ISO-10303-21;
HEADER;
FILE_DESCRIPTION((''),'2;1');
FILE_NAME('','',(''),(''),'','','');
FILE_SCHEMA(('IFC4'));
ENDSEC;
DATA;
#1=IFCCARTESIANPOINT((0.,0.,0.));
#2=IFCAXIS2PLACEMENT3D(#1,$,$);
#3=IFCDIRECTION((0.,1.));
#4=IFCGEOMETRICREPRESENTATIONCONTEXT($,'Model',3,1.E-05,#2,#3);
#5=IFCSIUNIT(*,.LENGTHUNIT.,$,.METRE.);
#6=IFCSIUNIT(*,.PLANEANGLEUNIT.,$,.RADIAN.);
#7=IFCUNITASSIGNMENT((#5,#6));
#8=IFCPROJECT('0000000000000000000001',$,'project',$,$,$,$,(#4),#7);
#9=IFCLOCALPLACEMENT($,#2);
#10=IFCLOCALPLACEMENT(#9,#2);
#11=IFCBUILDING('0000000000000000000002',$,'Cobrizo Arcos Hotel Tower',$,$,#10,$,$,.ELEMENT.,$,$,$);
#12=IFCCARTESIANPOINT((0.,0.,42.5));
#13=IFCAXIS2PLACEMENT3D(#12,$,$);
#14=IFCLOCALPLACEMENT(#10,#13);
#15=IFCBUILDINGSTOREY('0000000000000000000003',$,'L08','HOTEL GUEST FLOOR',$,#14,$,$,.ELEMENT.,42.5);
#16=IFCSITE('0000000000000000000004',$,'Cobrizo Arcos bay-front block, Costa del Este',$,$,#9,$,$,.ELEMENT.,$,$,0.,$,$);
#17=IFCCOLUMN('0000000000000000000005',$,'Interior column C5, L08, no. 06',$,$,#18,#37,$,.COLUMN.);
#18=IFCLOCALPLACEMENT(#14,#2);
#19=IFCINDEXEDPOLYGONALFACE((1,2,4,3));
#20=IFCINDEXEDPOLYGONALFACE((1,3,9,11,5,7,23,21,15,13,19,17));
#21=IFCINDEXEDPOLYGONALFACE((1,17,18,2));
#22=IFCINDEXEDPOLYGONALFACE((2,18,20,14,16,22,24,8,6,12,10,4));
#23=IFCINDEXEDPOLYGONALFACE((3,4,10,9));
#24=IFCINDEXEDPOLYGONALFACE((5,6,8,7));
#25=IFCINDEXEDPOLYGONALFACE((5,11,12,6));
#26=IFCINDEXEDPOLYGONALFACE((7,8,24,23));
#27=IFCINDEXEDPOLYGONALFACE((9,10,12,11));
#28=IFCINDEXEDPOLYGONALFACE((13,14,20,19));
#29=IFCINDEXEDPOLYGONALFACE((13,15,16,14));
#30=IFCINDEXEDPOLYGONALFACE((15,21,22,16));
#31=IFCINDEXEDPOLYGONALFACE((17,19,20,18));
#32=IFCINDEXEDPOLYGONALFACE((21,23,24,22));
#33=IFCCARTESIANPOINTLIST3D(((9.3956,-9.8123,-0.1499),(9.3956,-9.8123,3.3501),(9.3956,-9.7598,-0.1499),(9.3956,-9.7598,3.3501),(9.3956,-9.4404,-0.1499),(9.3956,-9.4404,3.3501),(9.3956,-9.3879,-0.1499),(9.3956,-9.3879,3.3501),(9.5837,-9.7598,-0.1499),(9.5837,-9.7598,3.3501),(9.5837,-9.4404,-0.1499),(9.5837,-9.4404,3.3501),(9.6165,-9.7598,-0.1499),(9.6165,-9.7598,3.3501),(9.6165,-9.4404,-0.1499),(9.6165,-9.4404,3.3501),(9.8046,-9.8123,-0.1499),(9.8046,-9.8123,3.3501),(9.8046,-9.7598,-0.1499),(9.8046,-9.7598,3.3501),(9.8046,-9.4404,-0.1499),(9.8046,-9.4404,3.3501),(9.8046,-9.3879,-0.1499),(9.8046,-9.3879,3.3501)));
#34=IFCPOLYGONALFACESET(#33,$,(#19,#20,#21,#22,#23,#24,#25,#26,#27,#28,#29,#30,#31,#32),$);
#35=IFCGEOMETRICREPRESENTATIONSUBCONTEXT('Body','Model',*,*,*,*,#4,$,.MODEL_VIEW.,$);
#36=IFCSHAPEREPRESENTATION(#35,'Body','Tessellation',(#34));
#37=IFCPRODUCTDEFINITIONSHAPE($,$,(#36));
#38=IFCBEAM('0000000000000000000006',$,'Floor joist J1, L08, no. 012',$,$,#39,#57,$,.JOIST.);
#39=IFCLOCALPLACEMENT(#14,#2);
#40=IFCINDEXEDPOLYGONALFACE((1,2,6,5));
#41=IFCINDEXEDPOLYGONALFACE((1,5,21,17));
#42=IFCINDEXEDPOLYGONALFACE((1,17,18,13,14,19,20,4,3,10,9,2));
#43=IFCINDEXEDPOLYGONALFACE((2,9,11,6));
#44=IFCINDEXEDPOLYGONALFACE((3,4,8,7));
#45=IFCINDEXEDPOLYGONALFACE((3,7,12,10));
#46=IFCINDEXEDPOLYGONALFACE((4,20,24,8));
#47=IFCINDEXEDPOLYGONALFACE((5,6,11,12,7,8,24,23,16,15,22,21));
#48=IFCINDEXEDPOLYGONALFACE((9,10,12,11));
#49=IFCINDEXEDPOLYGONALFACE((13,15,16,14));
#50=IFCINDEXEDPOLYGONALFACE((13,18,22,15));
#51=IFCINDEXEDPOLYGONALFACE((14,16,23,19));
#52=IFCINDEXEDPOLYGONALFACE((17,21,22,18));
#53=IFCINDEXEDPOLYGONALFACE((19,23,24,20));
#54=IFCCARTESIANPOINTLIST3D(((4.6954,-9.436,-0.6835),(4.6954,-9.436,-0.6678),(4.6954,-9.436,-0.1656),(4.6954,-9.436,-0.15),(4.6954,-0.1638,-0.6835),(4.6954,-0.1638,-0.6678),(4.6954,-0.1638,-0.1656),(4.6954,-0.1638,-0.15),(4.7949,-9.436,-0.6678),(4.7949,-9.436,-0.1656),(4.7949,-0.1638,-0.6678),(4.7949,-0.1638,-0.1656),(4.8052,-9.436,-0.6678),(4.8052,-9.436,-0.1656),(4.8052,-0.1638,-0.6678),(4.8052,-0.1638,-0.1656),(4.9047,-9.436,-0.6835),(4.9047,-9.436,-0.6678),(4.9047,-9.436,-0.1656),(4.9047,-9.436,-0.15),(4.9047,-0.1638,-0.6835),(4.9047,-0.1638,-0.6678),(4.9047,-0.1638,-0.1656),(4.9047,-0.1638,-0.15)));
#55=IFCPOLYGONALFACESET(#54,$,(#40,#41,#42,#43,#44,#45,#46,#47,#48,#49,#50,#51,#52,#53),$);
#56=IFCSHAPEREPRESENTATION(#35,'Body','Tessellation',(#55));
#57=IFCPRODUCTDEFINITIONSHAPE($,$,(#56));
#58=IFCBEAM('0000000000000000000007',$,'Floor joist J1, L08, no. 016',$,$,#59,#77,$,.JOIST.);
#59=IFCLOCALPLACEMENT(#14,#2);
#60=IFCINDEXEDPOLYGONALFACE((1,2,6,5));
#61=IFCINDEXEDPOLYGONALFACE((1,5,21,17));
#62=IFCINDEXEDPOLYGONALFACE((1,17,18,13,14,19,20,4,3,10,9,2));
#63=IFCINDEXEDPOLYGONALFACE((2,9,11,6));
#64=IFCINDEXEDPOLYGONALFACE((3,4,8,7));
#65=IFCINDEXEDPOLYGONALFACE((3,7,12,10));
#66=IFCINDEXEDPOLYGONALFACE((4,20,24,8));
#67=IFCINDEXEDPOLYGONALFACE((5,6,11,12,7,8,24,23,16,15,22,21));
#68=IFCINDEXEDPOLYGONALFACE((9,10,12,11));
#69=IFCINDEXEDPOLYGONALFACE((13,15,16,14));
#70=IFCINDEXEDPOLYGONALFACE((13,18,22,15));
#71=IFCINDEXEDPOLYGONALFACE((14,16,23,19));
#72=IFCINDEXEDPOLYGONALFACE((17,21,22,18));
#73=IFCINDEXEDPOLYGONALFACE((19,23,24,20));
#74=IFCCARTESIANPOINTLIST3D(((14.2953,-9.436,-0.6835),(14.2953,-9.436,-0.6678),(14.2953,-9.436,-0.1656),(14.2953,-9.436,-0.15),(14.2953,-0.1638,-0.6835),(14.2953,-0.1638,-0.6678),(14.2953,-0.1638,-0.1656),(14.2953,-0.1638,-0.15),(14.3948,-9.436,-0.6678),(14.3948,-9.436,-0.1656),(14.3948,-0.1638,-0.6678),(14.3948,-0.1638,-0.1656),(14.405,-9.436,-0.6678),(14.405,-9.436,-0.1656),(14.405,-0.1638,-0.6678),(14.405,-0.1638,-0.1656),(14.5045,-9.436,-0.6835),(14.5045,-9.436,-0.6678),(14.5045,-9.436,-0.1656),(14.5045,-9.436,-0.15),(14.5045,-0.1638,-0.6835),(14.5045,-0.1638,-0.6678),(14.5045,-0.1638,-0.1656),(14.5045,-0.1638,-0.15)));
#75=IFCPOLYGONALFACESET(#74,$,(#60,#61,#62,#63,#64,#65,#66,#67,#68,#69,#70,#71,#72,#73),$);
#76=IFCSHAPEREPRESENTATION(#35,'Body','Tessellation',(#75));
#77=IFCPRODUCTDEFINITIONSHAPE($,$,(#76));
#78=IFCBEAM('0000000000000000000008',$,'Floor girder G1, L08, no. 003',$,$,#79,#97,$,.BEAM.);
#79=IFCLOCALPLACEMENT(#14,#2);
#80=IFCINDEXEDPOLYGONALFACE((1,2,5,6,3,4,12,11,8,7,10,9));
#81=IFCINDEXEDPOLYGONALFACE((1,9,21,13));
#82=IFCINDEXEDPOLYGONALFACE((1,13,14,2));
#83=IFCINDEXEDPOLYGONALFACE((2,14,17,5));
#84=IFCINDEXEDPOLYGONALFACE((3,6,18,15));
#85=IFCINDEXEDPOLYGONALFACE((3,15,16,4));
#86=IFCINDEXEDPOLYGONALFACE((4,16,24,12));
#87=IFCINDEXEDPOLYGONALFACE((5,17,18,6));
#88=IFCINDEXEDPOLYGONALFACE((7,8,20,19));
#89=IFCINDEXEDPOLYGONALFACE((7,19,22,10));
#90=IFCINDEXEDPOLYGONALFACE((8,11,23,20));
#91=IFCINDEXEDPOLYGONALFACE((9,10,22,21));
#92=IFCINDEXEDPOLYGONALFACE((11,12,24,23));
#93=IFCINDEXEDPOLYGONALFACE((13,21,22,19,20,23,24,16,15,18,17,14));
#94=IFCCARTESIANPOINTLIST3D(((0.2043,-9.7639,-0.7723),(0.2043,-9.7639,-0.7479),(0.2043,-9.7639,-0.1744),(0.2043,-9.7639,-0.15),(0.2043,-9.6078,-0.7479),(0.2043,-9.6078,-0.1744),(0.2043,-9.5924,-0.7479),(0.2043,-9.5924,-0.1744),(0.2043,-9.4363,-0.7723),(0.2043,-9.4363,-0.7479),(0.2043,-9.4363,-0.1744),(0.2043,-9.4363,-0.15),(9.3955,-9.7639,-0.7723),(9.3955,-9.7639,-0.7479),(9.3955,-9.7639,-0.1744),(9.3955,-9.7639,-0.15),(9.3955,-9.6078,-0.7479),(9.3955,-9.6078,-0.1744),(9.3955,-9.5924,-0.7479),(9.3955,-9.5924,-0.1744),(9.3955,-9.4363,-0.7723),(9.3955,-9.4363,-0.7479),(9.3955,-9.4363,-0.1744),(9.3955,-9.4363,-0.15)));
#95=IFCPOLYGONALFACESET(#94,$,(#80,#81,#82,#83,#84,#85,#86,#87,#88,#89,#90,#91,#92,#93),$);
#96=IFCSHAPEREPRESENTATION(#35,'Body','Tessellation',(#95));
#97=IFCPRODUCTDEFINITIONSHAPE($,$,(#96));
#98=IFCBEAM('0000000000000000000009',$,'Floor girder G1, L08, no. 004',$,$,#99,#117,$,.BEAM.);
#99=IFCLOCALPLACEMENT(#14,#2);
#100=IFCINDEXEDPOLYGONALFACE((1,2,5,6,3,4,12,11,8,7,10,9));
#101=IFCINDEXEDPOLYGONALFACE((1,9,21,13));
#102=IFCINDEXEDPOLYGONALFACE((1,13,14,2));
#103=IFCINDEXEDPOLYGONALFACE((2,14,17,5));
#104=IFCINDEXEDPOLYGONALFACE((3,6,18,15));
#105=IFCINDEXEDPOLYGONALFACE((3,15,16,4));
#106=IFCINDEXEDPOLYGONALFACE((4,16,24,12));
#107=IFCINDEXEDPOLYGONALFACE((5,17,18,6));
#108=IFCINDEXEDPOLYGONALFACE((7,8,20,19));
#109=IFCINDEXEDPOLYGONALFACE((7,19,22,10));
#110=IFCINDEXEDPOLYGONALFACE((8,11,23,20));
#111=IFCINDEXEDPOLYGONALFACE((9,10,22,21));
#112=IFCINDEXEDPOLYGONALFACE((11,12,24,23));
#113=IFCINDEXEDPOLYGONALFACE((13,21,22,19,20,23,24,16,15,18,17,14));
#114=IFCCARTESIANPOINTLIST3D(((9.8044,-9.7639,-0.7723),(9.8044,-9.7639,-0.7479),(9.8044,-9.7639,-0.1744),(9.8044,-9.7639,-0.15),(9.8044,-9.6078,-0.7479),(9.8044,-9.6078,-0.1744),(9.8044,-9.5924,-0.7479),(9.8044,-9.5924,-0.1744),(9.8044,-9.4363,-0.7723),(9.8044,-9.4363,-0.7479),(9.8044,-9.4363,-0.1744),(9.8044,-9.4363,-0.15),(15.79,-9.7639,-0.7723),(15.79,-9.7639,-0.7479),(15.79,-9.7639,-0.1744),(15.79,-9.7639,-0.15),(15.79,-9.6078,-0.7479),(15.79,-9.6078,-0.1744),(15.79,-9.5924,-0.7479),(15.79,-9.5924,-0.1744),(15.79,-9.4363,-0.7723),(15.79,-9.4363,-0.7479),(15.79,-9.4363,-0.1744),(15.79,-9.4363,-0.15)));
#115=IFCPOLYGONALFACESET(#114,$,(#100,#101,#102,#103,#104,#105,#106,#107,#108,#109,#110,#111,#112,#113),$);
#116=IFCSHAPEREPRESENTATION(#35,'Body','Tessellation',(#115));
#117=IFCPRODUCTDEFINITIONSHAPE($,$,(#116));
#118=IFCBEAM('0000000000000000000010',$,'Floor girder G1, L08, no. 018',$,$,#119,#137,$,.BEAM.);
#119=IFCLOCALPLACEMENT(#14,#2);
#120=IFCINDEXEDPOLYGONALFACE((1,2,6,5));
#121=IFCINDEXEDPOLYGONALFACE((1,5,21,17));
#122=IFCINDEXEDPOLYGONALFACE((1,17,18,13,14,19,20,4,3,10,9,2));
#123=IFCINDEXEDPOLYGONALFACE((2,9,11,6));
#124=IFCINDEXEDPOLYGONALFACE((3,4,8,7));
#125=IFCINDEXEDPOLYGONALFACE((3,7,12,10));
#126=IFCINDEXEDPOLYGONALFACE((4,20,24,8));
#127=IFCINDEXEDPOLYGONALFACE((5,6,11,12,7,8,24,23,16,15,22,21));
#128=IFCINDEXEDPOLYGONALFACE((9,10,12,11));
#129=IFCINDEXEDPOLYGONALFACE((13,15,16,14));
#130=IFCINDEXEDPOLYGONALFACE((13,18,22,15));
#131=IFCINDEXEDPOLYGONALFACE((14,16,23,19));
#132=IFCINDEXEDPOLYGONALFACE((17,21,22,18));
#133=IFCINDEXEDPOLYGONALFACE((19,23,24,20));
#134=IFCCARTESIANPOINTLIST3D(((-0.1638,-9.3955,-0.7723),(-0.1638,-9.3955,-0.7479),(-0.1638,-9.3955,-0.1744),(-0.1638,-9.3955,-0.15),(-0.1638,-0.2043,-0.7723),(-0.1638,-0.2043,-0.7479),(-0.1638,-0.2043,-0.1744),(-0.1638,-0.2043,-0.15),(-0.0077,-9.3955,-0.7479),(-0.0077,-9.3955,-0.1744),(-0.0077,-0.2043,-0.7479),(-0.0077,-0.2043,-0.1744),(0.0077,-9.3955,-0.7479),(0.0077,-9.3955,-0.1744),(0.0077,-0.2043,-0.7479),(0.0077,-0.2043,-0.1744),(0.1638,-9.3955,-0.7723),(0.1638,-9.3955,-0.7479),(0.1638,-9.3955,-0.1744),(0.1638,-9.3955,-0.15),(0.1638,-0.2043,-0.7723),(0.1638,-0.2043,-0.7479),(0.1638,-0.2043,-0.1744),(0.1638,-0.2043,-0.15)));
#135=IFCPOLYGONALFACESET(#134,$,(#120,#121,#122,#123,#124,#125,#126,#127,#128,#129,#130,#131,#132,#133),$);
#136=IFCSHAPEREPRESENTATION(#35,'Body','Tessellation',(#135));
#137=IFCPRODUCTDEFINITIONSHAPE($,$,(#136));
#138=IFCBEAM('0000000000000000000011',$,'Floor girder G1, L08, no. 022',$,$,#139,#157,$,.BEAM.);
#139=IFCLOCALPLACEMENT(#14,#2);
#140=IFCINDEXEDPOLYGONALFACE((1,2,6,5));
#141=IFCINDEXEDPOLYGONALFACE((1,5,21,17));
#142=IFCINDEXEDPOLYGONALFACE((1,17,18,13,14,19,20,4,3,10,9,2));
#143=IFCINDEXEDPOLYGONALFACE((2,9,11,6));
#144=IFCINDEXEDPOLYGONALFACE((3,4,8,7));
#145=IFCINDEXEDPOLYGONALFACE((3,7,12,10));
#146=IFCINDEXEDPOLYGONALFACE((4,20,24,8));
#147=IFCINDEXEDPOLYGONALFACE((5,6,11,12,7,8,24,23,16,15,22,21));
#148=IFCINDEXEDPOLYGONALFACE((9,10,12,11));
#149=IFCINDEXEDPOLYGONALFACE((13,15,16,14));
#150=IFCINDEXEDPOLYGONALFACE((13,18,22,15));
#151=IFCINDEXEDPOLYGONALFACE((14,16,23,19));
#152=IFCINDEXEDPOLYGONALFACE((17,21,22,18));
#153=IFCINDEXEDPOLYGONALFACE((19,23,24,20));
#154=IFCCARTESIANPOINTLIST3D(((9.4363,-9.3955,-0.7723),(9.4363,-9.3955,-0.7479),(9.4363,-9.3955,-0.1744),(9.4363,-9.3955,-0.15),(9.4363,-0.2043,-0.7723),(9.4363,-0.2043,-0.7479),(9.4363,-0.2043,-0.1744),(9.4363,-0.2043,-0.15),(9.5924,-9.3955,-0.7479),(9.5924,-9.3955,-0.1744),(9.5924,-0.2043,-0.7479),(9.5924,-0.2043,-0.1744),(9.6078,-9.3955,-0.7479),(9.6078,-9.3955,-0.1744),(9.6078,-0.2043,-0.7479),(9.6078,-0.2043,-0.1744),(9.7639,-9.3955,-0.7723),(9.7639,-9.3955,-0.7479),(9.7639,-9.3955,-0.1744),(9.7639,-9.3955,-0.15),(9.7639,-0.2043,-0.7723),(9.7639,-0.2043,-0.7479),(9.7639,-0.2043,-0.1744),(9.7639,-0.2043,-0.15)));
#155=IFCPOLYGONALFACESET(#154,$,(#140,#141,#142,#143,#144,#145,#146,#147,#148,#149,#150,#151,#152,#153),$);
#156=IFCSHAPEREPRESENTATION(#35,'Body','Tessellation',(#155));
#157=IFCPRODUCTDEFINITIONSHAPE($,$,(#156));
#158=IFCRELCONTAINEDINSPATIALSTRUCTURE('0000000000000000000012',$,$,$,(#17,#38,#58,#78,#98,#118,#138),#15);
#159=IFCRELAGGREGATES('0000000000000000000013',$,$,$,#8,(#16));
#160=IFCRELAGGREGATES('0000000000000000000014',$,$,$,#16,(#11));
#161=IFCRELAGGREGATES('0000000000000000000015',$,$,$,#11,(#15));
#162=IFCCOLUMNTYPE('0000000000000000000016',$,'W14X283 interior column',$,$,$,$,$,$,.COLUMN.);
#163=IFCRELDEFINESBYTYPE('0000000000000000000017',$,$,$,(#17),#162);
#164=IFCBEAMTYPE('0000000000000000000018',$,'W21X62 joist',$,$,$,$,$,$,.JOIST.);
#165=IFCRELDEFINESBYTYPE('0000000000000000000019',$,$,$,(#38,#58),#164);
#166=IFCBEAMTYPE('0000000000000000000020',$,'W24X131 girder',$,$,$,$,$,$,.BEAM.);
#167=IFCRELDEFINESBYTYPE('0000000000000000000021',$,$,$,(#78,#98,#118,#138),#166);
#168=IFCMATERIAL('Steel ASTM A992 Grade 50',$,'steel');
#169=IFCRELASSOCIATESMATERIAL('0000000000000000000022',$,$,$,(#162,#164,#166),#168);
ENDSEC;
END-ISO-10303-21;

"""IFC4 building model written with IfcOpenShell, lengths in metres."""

from ifc_helpers import new_model, si_unit, direction, frame, origin, origin_2d, place, context, subcontext, project, spatial, i_section, extrude, material, material_profile, profile_set, type_object, element, save


model = new_model("IFC4")

# Units and contexts
model_context = context("Model", 3, precision=1e-05, world=origin(), true_north=direction((0.0, 1.0)))
body_context = subcontext(model_context, "Body", "Model", "MODEL_VIEW")
ifc_project = project(units=[si_unit("LENGTHUNIT", "METRE"), si_unit("PLANEANGLEUNIT", "RADIAN")], contexts=[model_context])

# Site, building, storey
site_placement = place(None, origin())
site = spatial("IfcSite", under=ifc_project, at=site_placement, Name="Cobrizo Arcos bay-front block, Costa del Este", CompositionType="ELEMENT", RefElevation=0.0)
building_placement = place(site_placement, origin())
building = spatial("IfcBuilding", under=site, at=building_placement, Name="Cobrizo Arcos Hotel Tower", CompositionType="ELEMENT")
storey_placement = place(building_placement, frame((0.0, 0.0, 42.5)))
storey = spatial("IfcBuildingStorey", under=building, at=storey_placement, Name="L08", Description="HOTEL GUEST FLOOR", CompositionType="ELEMENT", Elevation=42.5)

# Column
ifc_material_1 = material(Name="Steel ASTM A992 Grade 50", Category="steel")
ifc_material_profile_1 = material_profile(ifc_material_1, i_section(OverallWidth=0.4089, OverallDepth=0.4243, WebThickness=0.0327, FlangeThickness=0.0525, at=origin_2d()), Name="W14X283")
ifc_profile_set_1 = profile_set([ifc_material_profile_1], Name="Steel ASTM A992 Grade 50")
column_type = type_object("IfcColumnType", Name="W14X283 interior column", PredefinedType="COLUMN", material=ifc_profile_set_1)
column_placement = place(storey_placement, frame((9.6001, -9.6001, -0.1499), z_axis=(0.0, 0.0, 1.0), x_axis=(1.0, 0.0, 0.0)))
element("IfcColumn", 1, at=column_placement, inside=storey, type_object=column_type, Name="Interior column C5, L08, no. 06", PredefinedType="COLUMN", context=body_context, shape_type="SweptSolid", body=[
    extrude(i_section(OverallWidth=0.4089, OverallDepth=0.4243, WebThickness=0.0327, FlangeThickness=0.0525, at=origin_2d()), origin(), (0.0, 0.0, 1.0), 3.5),
])

# Beams
ifc_material_profile_2 = material_profile(ifc_material_1, i_section(OverallWidth=0.2092, OverallDepth=0.5334, WebThickness=0.0103, FlangeThickness=0.0156, at=origin_2d()), Name="W21X62")
ifc_profile_set_2 = profile_set([ifc_material_profile_2], Name="Steel ASTM A992 Grade 50")
beam_type_1 = type_object("IfcBeamType", Name="W21X62 joist", PredefinedType="JOIST", material=ifc_profile_set_2)
for number, where, z_axis, x_axis, name in (
    (2, (4.8, -9.436, -0.4167), (0.0, 1.0, 0.0), (-1.0, 0.0, 0.0), "Floor joist J1, L08, no. 012"),
    (3, (14.3999, -9.436, -0.4167), (0.0, 1.0, 0.0), (-1.0, 0.0, 0.0), "Floor joist J1, L08, no. 016"),
):
    element("IfcBeam", number, at=place(storey_placement, frame(where, z_axis=z_axis, x_axis=x_axis)), inside=storey, type_object=beam_type_1, Name=name, PredefinedType="JOIST", context=body_context, shape_type="SweptSolid", body=[
        extrude(i_section(OverallWidth=0.2092, OverallDepth=0.5334, WebThickness=0.0103, FlangeThickness=0.0156, at=origin_2d()), origin(), (0.0, 0.0, 1.0), 9.2722),
    ])
ifc_material_profile_3 = material_profile(ifc_material_1, i_section(OverallWidth=0.3276, OverallDepth=0.6223, WebThickness=0.0154, FlangeThickness=0.0244, at=origin_2d()), Name="W24X131")
ifc_profile_set_3 = profile_set([ifc_material_profile_3], Name="Steel ASTM A992 Grade 50")
beam_type_2 = type_object("IfcBeamType", Name="W24X131 girder", PredefinedType="BEAM", material=ifc_profile_set_3)
beam_1_placement = place(storey_placement, frame((0.2043, -9.6001, -0.4612), z_axis=(1.0, 0.0, 0.0), x_axis=(0.0, 1.0, 0.0)))
element("IfcBeam", 4, at=beam_1_placement, inside=storey, type_object=beam_type_2, Name="Floor girder G1, L08, no. 003", PredefinedType="BEAM", context=body_context, shape_type="SweptSolid", body=[
    extrude(i_section(OverallWidth=0.3276, OverallDepth=0.6223, WebThickness=0.0154, FlangeThickness=0.0244, at=origin_2d()), origin(), (0.0, 0.0, 1.0), 9.1912),
])
beam_2_placement = place(storey_placement, frame((9.8044, -9.6001, -0.4612), z_axis=(1.0, 0.0, 0.0), x_axis=(0.0, 1.0, 0.0)))
element("IfcBeam", 5, at=beam_2_placement, inside=storey, type_object=beam_type_2, Name="Floor girder G1, L08, no. 004", PredefinedType="BEAM", context=body_context, shape_type="SweptSolid", body=[
    extrude(i_section(OverallWidth=0.3276, OverallDepth=0.6223, WebThickness=0.0154, FlangeThickness=0.0244, at=origin_2d()), origin(), (0.0, 0.0, 1.0), 5.9856),
])
for number, where, z_axis, x_axis, name in (
    (6, (0.0, -9.3955, -0.4612), (0.0, 1.0, 0.0), (-1.0, 0.0, 0.0), "Floor girder G1, L08, no. 018"),
    (7, (9.6001, -9.3955, -0.4612), (0.0, 1.0, 0.0), (-1.0, 0.0, 0.0), "Floor girder G1, L08, no. 022"),
):
    element("IfcBeam", number, at=place(storey_placement, frame(where, z_axis=z_axis, x_axis=x_axis)), inside=storey, type_object=beam_type_2, Name=name, PredefinedType="BEAM", context=body_context, shape_type="SweptSolid", body=[
        extrude(i_section(OverallWidth=0.3276, OverallDepth=0.6223, WebThickness=0.0154, FlangeThickness=0.0244, at=origin_2d()), origin(), (0.0, 0.0, 1.0), 9.1912),
    ])

save(model, "model.ifc")
